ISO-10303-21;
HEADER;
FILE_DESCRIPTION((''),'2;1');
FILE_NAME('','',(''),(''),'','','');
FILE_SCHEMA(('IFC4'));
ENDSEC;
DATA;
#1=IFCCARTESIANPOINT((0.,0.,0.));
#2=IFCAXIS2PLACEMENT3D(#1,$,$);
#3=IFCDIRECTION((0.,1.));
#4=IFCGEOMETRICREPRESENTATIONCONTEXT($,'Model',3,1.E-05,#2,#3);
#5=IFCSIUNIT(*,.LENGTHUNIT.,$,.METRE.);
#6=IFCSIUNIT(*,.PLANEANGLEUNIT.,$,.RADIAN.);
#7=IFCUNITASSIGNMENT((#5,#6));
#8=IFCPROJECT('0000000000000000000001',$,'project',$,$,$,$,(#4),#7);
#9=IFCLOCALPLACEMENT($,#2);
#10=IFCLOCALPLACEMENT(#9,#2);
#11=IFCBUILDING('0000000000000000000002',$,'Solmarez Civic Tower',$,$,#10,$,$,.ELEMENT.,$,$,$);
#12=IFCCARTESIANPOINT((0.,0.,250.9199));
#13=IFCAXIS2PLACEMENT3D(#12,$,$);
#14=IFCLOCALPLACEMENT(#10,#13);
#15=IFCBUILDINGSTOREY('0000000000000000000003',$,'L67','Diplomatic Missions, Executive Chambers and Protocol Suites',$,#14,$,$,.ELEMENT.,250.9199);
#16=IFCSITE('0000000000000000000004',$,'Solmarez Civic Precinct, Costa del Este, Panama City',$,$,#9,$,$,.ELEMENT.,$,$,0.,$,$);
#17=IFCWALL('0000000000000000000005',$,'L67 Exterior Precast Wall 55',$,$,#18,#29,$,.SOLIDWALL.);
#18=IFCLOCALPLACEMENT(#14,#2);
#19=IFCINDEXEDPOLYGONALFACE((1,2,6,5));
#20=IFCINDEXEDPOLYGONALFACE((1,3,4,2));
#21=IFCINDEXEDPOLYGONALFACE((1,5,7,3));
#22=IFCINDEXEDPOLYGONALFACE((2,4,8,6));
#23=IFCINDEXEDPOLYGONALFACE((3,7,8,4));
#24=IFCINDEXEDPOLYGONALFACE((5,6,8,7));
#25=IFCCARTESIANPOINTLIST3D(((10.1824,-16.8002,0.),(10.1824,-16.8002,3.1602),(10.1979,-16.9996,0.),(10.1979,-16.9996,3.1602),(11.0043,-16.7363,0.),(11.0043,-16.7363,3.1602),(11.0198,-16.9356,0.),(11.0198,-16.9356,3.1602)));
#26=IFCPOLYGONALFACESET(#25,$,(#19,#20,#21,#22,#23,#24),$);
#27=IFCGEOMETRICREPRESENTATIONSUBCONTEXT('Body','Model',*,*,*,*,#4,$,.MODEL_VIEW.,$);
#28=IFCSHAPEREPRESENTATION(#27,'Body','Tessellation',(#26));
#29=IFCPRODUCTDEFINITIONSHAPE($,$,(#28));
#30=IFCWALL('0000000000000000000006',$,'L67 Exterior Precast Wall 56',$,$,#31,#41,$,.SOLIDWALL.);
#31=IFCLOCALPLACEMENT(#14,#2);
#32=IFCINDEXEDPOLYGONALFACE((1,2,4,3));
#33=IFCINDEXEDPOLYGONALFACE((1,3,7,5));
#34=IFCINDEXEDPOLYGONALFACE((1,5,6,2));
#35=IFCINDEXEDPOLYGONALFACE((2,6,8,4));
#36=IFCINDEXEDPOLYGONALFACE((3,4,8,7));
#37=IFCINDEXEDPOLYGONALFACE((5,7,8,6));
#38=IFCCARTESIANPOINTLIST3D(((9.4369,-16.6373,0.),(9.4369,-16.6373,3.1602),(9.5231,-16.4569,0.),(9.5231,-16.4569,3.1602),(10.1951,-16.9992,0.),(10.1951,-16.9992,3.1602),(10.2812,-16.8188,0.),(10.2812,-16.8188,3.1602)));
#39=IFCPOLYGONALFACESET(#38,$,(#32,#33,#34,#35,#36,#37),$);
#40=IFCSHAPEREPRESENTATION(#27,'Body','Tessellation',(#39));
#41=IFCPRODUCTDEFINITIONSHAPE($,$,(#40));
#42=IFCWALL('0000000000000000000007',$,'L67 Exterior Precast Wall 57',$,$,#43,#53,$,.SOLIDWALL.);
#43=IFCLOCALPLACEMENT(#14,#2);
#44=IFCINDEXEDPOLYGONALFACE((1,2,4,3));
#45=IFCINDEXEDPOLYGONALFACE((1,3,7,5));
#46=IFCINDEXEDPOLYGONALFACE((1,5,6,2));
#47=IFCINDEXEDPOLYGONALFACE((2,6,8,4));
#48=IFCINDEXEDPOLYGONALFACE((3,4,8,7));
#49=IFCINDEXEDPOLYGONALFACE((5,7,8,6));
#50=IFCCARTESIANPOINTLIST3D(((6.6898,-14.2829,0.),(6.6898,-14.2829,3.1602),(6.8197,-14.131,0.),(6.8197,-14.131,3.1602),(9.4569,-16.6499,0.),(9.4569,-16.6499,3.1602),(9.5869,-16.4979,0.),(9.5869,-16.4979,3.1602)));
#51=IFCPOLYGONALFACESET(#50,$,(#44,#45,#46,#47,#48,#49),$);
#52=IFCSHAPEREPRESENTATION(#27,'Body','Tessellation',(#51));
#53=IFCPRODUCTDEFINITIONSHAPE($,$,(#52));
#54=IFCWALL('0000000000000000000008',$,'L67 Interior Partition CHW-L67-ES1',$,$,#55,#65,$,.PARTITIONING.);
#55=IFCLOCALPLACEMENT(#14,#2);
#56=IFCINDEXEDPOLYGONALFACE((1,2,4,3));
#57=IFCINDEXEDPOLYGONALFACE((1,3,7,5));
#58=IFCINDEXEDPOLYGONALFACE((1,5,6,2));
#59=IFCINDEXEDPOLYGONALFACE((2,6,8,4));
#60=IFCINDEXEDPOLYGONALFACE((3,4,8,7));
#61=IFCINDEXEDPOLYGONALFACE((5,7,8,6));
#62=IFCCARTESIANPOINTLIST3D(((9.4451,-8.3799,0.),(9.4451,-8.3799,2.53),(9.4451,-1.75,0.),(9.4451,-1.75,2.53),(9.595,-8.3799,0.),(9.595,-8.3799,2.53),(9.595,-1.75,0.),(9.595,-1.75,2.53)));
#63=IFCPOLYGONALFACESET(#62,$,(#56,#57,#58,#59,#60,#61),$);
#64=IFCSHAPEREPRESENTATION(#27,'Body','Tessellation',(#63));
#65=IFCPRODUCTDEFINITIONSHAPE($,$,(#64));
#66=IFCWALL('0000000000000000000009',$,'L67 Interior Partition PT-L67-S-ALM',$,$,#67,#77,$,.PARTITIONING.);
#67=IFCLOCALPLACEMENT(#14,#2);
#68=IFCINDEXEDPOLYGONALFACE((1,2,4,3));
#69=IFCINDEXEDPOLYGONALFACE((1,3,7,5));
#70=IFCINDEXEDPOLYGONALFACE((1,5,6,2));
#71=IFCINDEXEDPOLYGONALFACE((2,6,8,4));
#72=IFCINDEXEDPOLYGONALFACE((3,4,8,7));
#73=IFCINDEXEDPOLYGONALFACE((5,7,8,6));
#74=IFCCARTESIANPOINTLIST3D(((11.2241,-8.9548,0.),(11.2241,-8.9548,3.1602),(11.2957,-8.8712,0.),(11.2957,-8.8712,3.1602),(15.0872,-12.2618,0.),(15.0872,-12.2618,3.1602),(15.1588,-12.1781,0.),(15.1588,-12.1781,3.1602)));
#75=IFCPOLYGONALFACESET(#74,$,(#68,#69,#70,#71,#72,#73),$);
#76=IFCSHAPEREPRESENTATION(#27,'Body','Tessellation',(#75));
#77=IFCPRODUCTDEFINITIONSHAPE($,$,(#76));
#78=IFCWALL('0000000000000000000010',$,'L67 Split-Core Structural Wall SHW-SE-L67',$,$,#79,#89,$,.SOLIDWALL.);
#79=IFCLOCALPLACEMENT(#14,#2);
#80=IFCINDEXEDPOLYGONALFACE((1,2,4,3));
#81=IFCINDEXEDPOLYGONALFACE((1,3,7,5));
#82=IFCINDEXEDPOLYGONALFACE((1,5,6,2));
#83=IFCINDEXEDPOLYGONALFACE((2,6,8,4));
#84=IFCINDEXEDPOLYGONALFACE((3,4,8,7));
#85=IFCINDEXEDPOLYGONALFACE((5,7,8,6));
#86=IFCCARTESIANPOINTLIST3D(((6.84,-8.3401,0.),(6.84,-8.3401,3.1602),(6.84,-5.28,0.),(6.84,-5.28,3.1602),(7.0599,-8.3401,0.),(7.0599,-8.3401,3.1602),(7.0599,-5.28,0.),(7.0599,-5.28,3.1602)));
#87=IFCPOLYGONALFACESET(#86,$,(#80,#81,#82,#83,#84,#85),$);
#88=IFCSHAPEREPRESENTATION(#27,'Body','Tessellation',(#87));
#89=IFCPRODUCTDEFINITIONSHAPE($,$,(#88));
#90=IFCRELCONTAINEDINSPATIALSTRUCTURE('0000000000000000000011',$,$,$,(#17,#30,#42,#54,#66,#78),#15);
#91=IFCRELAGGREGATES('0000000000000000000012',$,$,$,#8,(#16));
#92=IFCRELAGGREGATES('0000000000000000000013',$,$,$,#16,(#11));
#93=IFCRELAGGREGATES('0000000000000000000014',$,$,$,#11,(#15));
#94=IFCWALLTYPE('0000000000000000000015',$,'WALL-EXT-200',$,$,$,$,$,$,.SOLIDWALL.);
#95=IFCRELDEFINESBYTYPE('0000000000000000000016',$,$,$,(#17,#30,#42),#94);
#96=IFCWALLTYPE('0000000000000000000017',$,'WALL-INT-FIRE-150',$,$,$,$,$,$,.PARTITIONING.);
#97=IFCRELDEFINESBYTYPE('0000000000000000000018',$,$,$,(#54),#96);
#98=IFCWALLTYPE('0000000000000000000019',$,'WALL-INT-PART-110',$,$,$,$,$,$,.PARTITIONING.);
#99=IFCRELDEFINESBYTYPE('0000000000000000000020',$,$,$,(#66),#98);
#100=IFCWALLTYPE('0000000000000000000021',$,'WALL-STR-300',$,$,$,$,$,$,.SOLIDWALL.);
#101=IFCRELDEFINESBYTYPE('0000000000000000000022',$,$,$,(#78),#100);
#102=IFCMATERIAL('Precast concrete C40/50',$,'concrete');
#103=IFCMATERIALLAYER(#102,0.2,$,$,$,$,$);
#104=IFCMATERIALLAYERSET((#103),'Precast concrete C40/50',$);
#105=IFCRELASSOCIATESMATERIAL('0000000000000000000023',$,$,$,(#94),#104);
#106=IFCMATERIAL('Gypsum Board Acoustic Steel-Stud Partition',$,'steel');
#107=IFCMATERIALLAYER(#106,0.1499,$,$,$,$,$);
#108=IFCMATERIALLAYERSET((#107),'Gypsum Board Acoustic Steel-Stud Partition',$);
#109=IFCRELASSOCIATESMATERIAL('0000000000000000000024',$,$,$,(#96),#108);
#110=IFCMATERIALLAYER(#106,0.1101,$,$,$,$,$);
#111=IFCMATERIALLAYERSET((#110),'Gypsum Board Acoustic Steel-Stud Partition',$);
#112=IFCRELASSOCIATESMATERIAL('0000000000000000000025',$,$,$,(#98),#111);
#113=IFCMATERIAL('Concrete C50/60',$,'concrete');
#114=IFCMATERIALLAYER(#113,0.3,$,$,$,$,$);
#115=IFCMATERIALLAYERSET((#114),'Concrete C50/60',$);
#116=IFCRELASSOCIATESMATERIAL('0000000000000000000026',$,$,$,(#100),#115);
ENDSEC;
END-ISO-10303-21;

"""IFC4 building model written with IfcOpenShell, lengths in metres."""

from ifc_helpers import new_model, si_unit, direction, frame, frame_2d, origin, place, context, subcontext, project, spatial, rectangle, extrude, material, layer, layer_set, type_object, element, save


model = new_model("IFC4")

# Units and contexts
model_context = context("Model", 3, precision=1e-05, world=origin(), true_north=direction((0.0, 1.0)))
body_context = subcontext(model_context, "Body", "Model", "MODEL_VIEW")
ifc_project = project(units=[si_unit("LENGTHUNIT", "METRE"), si_unit("PLANEANGLEUNIT", "RADIAN")], contexts=[model_context])

# Site, building, storey
site_placement = place(None, origin())
site = spatial("IfcSite", under=ifc_project, at=site_placement, Name="Solmarez Civic Precinct, Costa del Este, Panama City", CompositionType="ELEMENT", RefElevation=0.0)
building_placement = place(site_placement, origin())
building = spatial("IfcBuilding", under=site, at=building_placement, Name="Solmarez Civic Tower", CompositionType="ELEMENT")
storey_placement = place(building_placement, frame((0.0, 0.0, 250.9199)))
storey = spatial("IfcBuildingStorey", under=building, at=storey_placement, Name="L67", Description="Diplomatic Missions, Executive Chambers and Protocol Suites", CompositionType="ELEMENT", Elevation=250.9199)

# Shared definitions
ifc_material_1 = material(Name="Concrete C50/60", Category="concrete")

# Shared definitions
ifc_material_2 = material(Name="Precast concrete C40/50", Category="concrete")
ifc_layer_1 = layer(ifc_material_2, 0.2)
ifc_layer_set_1 = layer_set([ifc_layer_1], Name="Precast concrete C40/50")
wall_type_1 = type_object("IfcWallType", Name="WALL-EXT-200", PredefinedType="SOLIDWALL", material=ifc_layer_set_1)

# Walls
wall_1_placement = place(storey_placement, frame((11.012, -16.8359, 0.0), z_axis=(0.0, 0.0, 1.0), x_axis=(-0.996986, -0.07758, 0.0)))
element("IfcWall", 1, at=wall_1_placement, inside=storey, type_object=wall_type_1, Name="L67 Exterior Precast Wall 55", PredefinedType="SOLIDWALL", context=body_context, shape_type="SweptSolid", body=[
    extrude(rectangle(XDim=0.8245, YDim=0.2, at=frame_2d((0.4121, 0.0))), origin(), (0.0, 0.0, 1.0), 3.1602),
])
wall_2_placement = place(storey_placement, frame((10.238, -16.9089, 0.0), z_axis=(0.0, 0.0, 1.0), x_axis=(-0.902473, 0.430746, 0.0)))
element("IfcWall", 2, at=wall_2_placement, inside=storey, type_object=wall_type_1, Name="L67 Exterior Precast Wall 56", PredefinedType="SOLIDWALL", context=body_context, shape_type="SweptSolid", body=[
    extrude(rectangle(XDim=0.8401, YDim=0.2, at=frame_2d((0.4199, 0.0))), origin(), (0.0, 0.0, 1.0), 3.1602),
])
wall_3_placement = place(storey_placement, frame((9.522, -16.574, 0.0), z_axis=(0.0, 0.0, 1.0), x_axis=(-0.759914, 0.650024, 0.0)))
element("IfcWall", 3, at=wall_3_placement, inside=storey, type_object=wall_type_1, Name="L67 Exterior Precast Wall 57", PredefinedType="SOLIDWALL", context=body_context, shape_type="SweptSolid", body=[
    extrude(rectangle(XDim=3.6414, YDim=0.2, at=frame_2d((1.8208, 0.0))), origin(), (0.0, 0.0, 1.0), 3.1602),
])
ifc_material_3 = material(Name="Gypsum Board Acoustic Steel-Stud Partition", Category="steel")
ifc_layer_2 = layer(ifc_material_3, 0.1499)
ifc_layer_set_2 = layer_set([ifc_layer_2], Name="Gypsum Board Acoustic Steel-Stud Partition")
wall_type_2 = type_object("IfcWallType", Name="WALL-INT-FIRE-150", PredefinedType="PARTITIONING", material=ifc_layer_set_2)
wall_4_placement = place(storey_placement, frame((9.52, -8.3799, 0.0), z_axis=(0.0, 0.0, 1.0), x_axis=(0.0, 1.0, 0.0)))
element("IfcWall", 4, at=wall_4_placement, inside=storey, type_object=wall_type_2, Name="L67 Interior Partition CHW-L67-ES1", PredefinedType="PARTITIONING", context=body_context, shape_type="SweptSolid", body=[
    extrude(rectangle(XDim=6.6299, YDim=0.1499, at=frame_2d((3.3149, 0.0))), origin(), (0.0, 0.0, 1.0), 2.53),
])
ifc_layer_3 = layer(ifc_material_3, 0.1101)
ifc_layer_set_3 = layer_set([ifc_layer_3], Name="Gypsum Board Acoustic Steel-Stud Partition")
wall_type_3 = type_object("IfcWallType", Name="WALL-INT-PART-110", PredefinedType="PARTITIONING", material=ifc_layer_set_3)
wall_5_placement = place(storey_placement, frame((11.26, -8.9131, 0.0), z_axis=(0.0, 0.0, 1.0), x_axis=(0.759673, -0.650305, 0.0)))
element("IfcWall", 5, at=wall_5_placement, inside=storey, type_object=wall_type_3, Name="L67 Interior Partition PT-L67-S-ALM", PredefinedType="PARTITIONING", context=body_context, shape_type="SweptSolid", body=[
    extrude(rectangle(XDim=5.0852, YDim=0.1101, at=frame_2d((2.5425, 0.0))), origin(), (0.0, 0.0, 1.0), 3.1602),
])
ifc_layer_4 = layer(ifc_material_1, 0.3)
ifc_layer_set_4 = layer_set([ifc_layer_4], Name="Concrete C50/60")
wall_type_4 = type_object("IfcWallType", Name="WALL-STR-300", PredefinedType="SOLIDWALL", material=ifc_layer_set_4)
wall_6_placement = place(storey_placement, frame((6.95, -8.3401, 0.0), z_axis=(0.0, 0.0, 1.0), x_axis=(0.0, 1.0, 0.0)))
element("IfcWall", 6, at=wall_6_placement, inside=storey, type_object=wall_type_4, Name="L67 Split-Core Structural Wall SHW-SE-L67", PredefinedType="SOLIDWALL", context=body_context, shape_type="SweptSolid", body=[
    extrude(rectangle(XDim=3.0601, YDim=0.22, at=frame_2d((1.53, 0.0))), origin(), (0.0, 0.0, 1.0), 3.1602),
])

save(model, "model.ifc")
